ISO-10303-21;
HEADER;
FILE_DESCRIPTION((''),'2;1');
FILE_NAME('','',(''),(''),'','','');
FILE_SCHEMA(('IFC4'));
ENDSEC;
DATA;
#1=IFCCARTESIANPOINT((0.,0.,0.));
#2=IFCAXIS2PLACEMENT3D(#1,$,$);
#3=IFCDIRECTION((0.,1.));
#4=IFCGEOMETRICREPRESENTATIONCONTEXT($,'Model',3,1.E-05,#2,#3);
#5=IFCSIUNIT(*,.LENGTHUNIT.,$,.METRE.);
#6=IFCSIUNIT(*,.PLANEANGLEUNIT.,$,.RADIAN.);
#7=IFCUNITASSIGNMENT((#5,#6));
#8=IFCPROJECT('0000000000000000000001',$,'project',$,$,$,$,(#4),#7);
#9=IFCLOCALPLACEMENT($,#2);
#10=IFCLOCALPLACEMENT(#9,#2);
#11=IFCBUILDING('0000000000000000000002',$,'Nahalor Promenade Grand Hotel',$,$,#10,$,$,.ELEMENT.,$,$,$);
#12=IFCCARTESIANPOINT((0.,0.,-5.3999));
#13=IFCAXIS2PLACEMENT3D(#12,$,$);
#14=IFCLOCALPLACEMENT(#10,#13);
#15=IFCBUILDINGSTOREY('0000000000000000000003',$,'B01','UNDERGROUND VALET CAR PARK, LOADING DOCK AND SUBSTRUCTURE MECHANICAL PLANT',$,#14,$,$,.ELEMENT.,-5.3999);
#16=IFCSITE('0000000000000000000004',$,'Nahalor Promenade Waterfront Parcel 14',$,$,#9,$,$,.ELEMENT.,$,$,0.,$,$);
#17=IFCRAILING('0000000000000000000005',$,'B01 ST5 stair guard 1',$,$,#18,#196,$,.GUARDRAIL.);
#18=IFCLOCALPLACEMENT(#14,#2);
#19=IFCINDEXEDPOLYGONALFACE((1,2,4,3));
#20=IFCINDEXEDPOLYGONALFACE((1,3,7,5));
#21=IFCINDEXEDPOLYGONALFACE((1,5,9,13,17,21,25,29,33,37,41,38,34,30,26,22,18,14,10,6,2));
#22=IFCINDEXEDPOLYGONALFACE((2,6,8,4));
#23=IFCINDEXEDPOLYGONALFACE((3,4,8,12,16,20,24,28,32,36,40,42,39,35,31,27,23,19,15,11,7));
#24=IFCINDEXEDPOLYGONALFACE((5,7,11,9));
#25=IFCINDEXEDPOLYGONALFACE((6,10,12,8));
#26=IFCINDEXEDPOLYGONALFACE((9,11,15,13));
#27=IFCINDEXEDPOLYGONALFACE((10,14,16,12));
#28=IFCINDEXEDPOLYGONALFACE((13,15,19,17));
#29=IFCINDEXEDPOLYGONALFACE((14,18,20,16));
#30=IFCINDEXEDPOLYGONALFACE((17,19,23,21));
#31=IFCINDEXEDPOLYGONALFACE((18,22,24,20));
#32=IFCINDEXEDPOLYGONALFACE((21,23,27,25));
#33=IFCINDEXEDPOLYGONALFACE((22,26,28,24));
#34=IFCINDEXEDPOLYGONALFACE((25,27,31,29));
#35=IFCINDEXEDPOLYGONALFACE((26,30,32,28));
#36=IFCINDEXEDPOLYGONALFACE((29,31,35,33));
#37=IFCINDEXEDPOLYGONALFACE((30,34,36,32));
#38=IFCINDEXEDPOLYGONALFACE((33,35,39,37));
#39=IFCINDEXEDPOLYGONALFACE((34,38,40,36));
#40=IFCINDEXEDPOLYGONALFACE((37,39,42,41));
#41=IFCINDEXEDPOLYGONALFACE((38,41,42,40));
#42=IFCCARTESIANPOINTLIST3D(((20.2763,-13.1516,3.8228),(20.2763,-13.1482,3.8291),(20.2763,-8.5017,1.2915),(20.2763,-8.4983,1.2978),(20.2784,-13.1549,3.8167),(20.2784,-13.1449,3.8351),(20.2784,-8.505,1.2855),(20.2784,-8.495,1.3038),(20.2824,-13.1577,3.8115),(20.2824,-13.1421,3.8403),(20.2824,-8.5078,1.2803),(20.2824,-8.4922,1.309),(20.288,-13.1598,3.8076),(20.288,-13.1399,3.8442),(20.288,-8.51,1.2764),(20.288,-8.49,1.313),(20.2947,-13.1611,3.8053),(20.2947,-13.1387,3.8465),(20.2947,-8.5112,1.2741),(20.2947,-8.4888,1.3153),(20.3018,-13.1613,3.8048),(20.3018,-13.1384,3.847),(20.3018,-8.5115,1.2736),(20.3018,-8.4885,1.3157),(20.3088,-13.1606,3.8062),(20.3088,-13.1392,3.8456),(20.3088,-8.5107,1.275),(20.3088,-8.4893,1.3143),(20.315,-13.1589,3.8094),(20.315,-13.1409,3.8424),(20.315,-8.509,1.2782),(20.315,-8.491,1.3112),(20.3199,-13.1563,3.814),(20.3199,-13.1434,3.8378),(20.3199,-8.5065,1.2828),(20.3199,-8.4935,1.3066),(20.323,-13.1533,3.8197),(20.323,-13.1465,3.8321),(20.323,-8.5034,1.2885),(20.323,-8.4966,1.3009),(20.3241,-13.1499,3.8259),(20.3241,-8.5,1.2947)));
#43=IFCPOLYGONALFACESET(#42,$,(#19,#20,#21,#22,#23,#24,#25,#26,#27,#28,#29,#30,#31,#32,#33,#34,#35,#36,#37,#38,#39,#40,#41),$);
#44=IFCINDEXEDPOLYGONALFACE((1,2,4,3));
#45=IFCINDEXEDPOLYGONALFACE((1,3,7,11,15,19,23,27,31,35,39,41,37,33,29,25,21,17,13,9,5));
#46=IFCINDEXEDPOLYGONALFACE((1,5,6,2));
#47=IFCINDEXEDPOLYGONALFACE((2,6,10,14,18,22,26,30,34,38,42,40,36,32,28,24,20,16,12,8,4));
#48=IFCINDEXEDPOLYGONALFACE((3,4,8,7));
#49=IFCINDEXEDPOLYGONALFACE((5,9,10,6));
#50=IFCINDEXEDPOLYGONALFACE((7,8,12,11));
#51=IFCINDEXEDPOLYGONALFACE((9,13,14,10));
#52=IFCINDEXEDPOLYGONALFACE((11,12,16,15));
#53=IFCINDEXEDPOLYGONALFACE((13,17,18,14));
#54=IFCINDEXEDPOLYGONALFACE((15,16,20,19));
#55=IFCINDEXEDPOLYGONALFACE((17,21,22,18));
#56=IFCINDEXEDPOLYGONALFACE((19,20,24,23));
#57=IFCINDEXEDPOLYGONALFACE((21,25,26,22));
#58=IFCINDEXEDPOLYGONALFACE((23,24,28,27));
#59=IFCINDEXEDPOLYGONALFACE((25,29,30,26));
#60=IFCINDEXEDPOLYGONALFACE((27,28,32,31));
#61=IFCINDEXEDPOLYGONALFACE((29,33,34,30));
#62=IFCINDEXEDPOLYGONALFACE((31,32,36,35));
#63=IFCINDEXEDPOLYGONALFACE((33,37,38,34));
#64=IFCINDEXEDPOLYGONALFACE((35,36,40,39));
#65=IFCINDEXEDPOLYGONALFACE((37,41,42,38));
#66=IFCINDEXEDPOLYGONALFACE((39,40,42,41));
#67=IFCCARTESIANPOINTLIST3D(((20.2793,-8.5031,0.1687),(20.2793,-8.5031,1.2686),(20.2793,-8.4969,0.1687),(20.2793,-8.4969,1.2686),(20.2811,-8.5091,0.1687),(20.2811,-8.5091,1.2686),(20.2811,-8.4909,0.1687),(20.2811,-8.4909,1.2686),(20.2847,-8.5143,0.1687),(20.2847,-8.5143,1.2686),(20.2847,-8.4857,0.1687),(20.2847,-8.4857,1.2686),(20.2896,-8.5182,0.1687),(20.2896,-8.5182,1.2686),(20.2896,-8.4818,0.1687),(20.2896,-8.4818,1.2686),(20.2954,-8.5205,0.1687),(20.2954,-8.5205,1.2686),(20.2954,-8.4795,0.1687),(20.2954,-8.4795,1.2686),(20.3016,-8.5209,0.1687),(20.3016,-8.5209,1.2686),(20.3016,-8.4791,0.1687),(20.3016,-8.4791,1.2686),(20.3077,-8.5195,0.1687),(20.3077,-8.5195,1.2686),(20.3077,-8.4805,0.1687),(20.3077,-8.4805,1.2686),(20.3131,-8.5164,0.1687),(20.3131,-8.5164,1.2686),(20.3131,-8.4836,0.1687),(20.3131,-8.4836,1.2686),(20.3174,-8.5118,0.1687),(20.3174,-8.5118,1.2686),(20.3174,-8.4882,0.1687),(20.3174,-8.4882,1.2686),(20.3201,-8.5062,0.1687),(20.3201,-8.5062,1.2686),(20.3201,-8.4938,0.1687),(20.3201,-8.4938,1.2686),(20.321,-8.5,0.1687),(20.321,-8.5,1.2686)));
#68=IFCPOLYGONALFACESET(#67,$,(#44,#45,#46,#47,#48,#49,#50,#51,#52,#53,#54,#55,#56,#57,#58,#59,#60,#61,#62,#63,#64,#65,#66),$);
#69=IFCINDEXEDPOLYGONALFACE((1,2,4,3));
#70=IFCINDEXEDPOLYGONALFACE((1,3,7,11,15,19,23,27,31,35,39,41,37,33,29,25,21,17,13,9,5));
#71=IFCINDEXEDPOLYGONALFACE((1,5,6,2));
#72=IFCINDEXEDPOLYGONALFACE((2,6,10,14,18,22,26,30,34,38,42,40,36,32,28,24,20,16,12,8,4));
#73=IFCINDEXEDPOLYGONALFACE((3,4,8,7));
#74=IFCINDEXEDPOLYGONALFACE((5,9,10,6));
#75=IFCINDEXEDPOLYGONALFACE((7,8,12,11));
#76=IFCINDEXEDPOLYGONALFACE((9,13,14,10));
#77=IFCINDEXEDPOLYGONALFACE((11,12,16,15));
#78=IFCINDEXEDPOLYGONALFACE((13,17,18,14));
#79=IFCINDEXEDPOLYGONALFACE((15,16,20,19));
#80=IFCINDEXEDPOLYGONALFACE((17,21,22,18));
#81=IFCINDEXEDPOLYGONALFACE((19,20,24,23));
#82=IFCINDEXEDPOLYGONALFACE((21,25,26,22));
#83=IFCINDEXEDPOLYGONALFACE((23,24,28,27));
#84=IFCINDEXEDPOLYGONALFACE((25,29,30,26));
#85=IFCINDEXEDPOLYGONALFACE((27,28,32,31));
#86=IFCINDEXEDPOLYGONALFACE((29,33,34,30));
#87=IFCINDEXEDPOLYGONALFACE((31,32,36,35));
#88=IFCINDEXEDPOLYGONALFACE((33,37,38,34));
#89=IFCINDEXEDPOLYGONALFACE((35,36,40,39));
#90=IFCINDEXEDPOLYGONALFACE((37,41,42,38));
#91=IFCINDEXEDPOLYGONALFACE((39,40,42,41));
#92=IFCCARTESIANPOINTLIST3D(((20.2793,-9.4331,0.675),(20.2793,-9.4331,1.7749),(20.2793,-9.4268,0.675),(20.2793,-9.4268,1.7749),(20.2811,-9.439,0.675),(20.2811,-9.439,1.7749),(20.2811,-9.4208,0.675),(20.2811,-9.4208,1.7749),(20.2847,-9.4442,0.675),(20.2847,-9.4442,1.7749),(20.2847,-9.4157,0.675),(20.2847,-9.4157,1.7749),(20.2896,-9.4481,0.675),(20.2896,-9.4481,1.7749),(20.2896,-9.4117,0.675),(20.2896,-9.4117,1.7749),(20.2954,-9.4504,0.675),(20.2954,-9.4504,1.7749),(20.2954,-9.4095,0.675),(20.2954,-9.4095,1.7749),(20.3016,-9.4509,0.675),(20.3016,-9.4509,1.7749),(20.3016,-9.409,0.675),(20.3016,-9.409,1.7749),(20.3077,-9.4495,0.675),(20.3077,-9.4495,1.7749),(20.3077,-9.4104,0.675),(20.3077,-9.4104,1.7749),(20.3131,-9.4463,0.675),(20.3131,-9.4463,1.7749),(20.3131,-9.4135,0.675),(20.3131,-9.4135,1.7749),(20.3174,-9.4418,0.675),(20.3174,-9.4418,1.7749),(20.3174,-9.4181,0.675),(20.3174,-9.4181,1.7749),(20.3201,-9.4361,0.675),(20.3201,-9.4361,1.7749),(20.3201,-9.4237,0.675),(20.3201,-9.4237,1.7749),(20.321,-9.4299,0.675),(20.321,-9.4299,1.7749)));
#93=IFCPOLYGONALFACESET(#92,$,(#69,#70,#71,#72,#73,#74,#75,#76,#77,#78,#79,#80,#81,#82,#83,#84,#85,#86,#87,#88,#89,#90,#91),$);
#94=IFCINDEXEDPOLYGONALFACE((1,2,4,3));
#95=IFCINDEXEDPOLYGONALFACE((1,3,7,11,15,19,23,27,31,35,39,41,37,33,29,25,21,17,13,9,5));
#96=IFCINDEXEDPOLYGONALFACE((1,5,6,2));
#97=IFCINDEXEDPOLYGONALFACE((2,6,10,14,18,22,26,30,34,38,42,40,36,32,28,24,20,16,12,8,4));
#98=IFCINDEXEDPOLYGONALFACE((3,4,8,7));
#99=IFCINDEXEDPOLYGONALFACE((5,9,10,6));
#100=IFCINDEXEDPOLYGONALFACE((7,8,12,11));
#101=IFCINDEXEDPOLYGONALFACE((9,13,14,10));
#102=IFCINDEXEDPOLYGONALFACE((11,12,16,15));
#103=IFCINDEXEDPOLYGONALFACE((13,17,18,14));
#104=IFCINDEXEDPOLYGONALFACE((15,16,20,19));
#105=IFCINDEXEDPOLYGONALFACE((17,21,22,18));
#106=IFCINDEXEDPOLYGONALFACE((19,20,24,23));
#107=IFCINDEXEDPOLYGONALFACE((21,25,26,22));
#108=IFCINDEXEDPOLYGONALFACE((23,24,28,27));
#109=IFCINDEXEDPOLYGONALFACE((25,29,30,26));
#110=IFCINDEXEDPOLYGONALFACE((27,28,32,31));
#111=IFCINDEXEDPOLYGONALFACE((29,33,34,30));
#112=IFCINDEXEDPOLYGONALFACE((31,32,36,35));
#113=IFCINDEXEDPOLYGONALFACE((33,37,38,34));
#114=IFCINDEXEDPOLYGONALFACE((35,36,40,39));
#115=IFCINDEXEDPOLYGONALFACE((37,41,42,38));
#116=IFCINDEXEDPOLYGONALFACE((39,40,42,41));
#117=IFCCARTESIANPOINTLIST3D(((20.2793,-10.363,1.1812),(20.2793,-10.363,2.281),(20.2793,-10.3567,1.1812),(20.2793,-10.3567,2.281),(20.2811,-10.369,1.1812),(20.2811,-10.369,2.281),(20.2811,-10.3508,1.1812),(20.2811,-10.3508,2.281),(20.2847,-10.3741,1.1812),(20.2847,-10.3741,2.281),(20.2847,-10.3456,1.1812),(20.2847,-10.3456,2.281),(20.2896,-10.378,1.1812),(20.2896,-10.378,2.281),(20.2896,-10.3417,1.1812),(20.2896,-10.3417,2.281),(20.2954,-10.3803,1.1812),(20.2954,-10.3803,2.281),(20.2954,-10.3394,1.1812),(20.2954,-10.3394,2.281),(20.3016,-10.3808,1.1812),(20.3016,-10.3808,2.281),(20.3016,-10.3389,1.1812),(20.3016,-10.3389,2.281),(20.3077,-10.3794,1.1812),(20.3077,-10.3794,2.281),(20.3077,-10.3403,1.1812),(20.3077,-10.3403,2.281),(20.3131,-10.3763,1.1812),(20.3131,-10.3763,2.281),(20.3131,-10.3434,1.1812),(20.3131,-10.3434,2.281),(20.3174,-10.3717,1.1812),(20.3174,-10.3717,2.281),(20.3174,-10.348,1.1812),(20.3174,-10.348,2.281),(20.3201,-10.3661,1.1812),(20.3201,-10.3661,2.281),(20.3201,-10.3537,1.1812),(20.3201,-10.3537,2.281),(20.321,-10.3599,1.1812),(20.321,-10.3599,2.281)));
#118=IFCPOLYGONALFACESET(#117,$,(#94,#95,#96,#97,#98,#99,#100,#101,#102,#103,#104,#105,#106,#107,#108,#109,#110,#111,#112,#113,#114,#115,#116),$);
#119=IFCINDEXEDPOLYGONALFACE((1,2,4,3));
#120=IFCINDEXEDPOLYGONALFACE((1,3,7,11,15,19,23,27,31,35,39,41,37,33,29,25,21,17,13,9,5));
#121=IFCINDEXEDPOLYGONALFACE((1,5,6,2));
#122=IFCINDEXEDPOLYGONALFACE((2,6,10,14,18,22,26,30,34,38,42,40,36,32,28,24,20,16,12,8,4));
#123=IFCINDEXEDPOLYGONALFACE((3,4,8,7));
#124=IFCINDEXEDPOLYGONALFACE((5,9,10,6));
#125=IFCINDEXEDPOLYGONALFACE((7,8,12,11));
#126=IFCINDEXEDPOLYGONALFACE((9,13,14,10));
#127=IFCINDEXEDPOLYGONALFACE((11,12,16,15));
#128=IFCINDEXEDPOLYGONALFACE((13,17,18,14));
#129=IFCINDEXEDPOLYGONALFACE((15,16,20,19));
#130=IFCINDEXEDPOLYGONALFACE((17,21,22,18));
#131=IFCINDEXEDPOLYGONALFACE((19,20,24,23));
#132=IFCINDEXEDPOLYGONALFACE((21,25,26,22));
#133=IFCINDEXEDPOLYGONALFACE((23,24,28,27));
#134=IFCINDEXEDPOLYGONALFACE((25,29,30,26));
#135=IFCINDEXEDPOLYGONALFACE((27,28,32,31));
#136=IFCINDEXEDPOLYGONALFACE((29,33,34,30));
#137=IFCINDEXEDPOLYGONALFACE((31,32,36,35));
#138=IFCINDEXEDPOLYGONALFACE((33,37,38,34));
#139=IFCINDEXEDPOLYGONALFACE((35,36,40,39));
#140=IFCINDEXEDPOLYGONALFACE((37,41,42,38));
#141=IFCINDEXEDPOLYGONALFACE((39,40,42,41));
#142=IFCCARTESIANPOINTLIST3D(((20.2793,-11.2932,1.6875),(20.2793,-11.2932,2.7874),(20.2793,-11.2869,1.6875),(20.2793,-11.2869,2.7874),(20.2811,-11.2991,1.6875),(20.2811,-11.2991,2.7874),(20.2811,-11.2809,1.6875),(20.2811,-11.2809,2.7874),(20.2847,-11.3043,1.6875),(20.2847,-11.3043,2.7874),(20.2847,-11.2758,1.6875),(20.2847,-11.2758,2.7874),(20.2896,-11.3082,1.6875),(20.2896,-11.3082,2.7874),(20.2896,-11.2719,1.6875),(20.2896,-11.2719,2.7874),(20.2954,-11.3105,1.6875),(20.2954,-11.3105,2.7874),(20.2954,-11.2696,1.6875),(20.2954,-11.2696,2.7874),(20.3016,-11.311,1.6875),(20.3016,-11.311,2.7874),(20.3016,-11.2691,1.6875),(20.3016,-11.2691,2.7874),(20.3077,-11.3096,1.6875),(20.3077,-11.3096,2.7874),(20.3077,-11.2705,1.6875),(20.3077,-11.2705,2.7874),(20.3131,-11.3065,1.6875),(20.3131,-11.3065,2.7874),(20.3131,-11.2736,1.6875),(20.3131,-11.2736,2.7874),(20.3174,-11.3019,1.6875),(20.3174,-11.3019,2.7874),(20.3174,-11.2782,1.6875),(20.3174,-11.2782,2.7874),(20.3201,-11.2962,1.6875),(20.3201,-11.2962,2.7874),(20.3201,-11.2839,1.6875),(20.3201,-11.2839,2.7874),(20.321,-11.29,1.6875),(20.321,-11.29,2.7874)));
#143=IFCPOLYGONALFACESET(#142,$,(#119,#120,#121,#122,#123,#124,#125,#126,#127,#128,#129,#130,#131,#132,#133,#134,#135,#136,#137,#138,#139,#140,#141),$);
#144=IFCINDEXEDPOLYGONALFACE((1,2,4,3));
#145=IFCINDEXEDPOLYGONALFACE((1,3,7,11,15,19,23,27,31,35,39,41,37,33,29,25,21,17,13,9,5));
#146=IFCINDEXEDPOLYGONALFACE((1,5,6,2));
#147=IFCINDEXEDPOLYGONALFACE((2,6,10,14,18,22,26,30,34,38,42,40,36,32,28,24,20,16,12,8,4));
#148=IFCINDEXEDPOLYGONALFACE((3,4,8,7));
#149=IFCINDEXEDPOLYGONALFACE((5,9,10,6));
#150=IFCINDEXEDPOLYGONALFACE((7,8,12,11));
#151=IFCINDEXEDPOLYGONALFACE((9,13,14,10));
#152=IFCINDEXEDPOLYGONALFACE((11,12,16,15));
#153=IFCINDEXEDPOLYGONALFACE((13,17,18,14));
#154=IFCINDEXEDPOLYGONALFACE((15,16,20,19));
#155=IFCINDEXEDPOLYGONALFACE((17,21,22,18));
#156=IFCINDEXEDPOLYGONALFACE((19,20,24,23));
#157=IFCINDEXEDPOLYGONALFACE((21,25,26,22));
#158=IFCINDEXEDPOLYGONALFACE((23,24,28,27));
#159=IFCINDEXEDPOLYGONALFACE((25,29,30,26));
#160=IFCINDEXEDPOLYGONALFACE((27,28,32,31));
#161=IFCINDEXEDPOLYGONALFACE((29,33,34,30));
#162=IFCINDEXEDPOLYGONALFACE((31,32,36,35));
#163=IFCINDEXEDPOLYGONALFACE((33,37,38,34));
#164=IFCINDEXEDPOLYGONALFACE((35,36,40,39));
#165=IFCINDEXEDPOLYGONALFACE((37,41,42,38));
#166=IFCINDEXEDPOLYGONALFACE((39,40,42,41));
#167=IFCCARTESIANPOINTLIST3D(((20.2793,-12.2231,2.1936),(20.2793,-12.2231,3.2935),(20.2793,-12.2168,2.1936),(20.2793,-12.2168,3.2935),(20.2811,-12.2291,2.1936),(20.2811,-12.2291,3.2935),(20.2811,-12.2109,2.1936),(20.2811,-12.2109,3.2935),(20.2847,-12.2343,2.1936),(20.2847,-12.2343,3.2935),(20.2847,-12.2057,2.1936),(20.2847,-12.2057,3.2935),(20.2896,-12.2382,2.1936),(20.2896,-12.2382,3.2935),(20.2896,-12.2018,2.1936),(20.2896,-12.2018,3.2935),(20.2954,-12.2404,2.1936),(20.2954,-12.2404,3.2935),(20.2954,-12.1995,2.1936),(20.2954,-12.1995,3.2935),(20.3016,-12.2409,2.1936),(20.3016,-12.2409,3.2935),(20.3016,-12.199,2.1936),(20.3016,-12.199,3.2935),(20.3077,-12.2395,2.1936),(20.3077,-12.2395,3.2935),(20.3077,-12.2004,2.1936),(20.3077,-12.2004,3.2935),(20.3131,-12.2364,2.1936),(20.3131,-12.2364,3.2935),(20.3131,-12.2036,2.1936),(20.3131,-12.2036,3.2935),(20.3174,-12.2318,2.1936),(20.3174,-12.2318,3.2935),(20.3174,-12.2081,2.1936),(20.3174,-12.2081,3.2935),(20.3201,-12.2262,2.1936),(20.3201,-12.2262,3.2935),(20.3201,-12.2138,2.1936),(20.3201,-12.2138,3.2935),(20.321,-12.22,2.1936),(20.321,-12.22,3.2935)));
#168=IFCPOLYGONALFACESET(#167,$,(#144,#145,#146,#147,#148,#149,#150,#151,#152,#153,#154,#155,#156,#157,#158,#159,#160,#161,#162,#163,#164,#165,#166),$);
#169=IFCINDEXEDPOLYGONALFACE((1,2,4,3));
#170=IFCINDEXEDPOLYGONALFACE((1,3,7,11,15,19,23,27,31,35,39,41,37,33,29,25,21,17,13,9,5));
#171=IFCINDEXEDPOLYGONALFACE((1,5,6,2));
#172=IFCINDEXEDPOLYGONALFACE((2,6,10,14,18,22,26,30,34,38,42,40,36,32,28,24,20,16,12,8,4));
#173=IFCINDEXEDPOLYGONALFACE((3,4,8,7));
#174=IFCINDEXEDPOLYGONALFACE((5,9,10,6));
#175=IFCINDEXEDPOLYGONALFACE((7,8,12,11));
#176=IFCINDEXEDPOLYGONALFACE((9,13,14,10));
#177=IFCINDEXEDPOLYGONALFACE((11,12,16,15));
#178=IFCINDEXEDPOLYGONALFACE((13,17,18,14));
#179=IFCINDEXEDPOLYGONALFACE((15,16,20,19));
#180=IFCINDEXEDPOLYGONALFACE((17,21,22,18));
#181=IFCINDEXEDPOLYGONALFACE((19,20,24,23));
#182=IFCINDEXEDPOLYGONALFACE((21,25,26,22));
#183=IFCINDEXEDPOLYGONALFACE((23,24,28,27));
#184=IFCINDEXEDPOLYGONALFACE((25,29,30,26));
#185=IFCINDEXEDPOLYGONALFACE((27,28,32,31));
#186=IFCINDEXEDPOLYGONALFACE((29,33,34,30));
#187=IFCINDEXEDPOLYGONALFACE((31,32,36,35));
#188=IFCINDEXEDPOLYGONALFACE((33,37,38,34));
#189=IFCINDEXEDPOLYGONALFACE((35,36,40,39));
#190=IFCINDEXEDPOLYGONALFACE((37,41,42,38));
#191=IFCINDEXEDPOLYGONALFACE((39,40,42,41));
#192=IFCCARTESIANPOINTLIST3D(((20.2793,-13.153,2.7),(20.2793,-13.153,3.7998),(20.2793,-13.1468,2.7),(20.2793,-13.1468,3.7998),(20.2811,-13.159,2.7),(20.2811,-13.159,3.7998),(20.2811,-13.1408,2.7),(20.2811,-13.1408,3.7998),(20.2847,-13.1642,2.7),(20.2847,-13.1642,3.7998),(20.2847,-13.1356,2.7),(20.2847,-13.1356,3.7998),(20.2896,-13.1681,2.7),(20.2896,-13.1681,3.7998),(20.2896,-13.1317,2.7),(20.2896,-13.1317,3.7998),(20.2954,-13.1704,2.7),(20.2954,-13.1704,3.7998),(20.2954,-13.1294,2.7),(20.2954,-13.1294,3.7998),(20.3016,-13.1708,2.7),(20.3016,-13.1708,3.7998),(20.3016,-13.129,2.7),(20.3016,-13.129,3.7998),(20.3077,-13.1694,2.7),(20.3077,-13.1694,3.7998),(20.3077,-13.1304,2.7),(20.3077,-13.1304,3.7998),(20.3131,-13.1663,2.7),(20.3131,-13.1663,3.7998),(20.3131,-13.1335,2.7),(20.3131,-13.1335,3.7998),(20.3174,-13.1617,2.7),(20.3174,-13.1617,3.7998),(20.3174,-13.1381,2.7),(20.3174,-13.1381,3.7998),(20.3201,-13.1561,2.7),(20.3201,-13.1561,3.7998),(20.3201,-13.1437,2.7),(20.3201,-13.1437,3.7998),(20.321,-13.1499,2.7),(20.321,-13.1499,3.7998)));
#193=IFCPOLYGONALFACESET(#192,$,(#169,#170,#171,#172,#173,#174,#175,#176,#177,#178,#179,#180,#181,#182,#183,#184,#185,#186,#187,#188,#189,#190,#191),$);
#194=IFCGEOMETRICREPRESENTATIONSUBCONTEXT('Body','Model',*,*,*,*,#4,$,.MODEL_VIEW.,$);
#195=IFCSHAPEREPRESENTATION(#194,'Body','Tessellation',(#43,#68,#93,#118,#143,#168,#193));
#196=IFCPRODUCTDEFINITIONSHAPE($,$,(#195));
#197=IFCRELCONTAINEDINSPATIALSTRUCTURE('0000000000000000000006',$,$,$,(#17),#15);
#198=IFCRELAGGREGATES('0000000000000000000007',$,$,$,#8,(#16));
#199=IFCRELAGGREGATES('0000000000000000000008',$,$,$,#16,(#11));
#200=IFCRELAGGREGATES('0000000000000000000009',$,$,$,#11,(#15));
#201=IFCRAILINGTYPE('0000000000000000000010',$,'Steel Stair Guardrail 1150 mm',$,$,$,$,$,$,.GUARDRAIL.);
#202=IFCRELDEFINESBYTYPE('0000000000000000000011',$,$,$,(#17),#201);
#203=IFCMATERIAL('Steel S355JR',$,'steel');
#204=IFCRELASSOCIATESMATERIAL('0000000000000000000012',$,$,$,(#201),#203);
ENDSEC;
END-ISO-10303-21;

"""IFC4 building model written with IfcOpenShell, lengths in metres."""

from ifc_helpers import new_model, si_unit, direction, frame, origin, origin_2d, place, context, subcontext, project, spatial, circle, extrude, material, type_object, element, save


model = new_model("IFC4")

# Units and contexts
model_context = context("Model", 3, precision=1e-05, world=origin(), true_north=direction((0.0, 1.0)))
body_context = subcontext(model_context, "Body", "Model", "MODEL_VIEW")
ifc_project = project(units=[si_unit("LENGTHUNIT", "METRE"), si_unit("PLANEANGLEUNIT", "RADIAN")], contexts=[model_context])

# Site, building, storey
site_placement = place(None, origin())
site = spatial("IfcSite", under=ifc_project, at=site_placement, Name="Nahalor Promenade Waterfront Parcel 14", CompositionType="ELEMENT", RefElevation=0.0)
building_placement = place(site_placement, origin())
building = spatial("IfcBuilding", under=site, at=building_placement, Name="Nahalor Promenade Grand Hotel", CompositionType="ELEMENT")
storey_placement = place(building_placement, frame((0.0, 0.0, -5.3999)))
storey = spatial("IfcBuildingStorey", under=building, at=storey_placement, Name="B01", Description="UNDERGROUND VALET CAR PARK, LOADING DOCK AND SUBSTRUCTURE MECHANICAL PLANT", CompositionType="ELEMENT", Elevation=-5.3999)

# Shared definitions
ifc_material_1 = material(Name="Steel S355JR", Category="steel")

# Railing
railing_type_1 = type_object("IfcRailingType", Name="Steel Stair Guardrail 1150 mm", PredefinedType="GUARDRAIL", material=ifc_material_1)
railing_1_placement = place(storey_placement, frame((20.3, -8.5, 0.1687)))
element("IfcRailing", 1, at=railing_1_placement, inside=storey, type_object=railing_type_1, Name="B01 ST5 stair guard 1", PredefinedType="GUARDRAIL", context=body_context, shape_type="SweptSolid", body=[
    extrude(circle(Radius=0.024, at=origin_2d()), frame((0.0, 0.0, 1.126), z_axis=(0.0, -0.878297, 0.478115), x_axis=(1.0, 0.0, 0.0)), (0.0, 0.0, 1.0), 5.2942),
    extrude(circle(Radius=0.021, at=origin_2d()), origin(), (0.0, 0.0, 1.0), 1.0999),
    extrude(circle(Radius=0.021, at=origin_2d()), frame((0.0, -0.9299, 0.5063)), (0.0, 0.0, 1.0), 1.0999),
    extrude(circle(Radius=0.021, at=origin_2d()), frame((0.0, -1.8599, 1.0125)), (0.0, 0.0, 1.0), 1.0999),
    extrude(circle(Radius=0.021, at=origin_2d()), frame((0.0, -2.79, 1.5188)), (0.0, 0.0, 1.0), 1.0999),
    extrude(circle(Radius=0.021, at=origin_2d()), frame((0.0, -3.72, 2.0249)), (0.0, 0.0, 1.0), 1.0999),
    extrude(circle(Radius=0.021, at=origin_2d()), frame((0.0, -4.6499, 2.5312)), (0.0, 0.0, 1.0), 1.0999),
])

save(model, "model.ifc")
